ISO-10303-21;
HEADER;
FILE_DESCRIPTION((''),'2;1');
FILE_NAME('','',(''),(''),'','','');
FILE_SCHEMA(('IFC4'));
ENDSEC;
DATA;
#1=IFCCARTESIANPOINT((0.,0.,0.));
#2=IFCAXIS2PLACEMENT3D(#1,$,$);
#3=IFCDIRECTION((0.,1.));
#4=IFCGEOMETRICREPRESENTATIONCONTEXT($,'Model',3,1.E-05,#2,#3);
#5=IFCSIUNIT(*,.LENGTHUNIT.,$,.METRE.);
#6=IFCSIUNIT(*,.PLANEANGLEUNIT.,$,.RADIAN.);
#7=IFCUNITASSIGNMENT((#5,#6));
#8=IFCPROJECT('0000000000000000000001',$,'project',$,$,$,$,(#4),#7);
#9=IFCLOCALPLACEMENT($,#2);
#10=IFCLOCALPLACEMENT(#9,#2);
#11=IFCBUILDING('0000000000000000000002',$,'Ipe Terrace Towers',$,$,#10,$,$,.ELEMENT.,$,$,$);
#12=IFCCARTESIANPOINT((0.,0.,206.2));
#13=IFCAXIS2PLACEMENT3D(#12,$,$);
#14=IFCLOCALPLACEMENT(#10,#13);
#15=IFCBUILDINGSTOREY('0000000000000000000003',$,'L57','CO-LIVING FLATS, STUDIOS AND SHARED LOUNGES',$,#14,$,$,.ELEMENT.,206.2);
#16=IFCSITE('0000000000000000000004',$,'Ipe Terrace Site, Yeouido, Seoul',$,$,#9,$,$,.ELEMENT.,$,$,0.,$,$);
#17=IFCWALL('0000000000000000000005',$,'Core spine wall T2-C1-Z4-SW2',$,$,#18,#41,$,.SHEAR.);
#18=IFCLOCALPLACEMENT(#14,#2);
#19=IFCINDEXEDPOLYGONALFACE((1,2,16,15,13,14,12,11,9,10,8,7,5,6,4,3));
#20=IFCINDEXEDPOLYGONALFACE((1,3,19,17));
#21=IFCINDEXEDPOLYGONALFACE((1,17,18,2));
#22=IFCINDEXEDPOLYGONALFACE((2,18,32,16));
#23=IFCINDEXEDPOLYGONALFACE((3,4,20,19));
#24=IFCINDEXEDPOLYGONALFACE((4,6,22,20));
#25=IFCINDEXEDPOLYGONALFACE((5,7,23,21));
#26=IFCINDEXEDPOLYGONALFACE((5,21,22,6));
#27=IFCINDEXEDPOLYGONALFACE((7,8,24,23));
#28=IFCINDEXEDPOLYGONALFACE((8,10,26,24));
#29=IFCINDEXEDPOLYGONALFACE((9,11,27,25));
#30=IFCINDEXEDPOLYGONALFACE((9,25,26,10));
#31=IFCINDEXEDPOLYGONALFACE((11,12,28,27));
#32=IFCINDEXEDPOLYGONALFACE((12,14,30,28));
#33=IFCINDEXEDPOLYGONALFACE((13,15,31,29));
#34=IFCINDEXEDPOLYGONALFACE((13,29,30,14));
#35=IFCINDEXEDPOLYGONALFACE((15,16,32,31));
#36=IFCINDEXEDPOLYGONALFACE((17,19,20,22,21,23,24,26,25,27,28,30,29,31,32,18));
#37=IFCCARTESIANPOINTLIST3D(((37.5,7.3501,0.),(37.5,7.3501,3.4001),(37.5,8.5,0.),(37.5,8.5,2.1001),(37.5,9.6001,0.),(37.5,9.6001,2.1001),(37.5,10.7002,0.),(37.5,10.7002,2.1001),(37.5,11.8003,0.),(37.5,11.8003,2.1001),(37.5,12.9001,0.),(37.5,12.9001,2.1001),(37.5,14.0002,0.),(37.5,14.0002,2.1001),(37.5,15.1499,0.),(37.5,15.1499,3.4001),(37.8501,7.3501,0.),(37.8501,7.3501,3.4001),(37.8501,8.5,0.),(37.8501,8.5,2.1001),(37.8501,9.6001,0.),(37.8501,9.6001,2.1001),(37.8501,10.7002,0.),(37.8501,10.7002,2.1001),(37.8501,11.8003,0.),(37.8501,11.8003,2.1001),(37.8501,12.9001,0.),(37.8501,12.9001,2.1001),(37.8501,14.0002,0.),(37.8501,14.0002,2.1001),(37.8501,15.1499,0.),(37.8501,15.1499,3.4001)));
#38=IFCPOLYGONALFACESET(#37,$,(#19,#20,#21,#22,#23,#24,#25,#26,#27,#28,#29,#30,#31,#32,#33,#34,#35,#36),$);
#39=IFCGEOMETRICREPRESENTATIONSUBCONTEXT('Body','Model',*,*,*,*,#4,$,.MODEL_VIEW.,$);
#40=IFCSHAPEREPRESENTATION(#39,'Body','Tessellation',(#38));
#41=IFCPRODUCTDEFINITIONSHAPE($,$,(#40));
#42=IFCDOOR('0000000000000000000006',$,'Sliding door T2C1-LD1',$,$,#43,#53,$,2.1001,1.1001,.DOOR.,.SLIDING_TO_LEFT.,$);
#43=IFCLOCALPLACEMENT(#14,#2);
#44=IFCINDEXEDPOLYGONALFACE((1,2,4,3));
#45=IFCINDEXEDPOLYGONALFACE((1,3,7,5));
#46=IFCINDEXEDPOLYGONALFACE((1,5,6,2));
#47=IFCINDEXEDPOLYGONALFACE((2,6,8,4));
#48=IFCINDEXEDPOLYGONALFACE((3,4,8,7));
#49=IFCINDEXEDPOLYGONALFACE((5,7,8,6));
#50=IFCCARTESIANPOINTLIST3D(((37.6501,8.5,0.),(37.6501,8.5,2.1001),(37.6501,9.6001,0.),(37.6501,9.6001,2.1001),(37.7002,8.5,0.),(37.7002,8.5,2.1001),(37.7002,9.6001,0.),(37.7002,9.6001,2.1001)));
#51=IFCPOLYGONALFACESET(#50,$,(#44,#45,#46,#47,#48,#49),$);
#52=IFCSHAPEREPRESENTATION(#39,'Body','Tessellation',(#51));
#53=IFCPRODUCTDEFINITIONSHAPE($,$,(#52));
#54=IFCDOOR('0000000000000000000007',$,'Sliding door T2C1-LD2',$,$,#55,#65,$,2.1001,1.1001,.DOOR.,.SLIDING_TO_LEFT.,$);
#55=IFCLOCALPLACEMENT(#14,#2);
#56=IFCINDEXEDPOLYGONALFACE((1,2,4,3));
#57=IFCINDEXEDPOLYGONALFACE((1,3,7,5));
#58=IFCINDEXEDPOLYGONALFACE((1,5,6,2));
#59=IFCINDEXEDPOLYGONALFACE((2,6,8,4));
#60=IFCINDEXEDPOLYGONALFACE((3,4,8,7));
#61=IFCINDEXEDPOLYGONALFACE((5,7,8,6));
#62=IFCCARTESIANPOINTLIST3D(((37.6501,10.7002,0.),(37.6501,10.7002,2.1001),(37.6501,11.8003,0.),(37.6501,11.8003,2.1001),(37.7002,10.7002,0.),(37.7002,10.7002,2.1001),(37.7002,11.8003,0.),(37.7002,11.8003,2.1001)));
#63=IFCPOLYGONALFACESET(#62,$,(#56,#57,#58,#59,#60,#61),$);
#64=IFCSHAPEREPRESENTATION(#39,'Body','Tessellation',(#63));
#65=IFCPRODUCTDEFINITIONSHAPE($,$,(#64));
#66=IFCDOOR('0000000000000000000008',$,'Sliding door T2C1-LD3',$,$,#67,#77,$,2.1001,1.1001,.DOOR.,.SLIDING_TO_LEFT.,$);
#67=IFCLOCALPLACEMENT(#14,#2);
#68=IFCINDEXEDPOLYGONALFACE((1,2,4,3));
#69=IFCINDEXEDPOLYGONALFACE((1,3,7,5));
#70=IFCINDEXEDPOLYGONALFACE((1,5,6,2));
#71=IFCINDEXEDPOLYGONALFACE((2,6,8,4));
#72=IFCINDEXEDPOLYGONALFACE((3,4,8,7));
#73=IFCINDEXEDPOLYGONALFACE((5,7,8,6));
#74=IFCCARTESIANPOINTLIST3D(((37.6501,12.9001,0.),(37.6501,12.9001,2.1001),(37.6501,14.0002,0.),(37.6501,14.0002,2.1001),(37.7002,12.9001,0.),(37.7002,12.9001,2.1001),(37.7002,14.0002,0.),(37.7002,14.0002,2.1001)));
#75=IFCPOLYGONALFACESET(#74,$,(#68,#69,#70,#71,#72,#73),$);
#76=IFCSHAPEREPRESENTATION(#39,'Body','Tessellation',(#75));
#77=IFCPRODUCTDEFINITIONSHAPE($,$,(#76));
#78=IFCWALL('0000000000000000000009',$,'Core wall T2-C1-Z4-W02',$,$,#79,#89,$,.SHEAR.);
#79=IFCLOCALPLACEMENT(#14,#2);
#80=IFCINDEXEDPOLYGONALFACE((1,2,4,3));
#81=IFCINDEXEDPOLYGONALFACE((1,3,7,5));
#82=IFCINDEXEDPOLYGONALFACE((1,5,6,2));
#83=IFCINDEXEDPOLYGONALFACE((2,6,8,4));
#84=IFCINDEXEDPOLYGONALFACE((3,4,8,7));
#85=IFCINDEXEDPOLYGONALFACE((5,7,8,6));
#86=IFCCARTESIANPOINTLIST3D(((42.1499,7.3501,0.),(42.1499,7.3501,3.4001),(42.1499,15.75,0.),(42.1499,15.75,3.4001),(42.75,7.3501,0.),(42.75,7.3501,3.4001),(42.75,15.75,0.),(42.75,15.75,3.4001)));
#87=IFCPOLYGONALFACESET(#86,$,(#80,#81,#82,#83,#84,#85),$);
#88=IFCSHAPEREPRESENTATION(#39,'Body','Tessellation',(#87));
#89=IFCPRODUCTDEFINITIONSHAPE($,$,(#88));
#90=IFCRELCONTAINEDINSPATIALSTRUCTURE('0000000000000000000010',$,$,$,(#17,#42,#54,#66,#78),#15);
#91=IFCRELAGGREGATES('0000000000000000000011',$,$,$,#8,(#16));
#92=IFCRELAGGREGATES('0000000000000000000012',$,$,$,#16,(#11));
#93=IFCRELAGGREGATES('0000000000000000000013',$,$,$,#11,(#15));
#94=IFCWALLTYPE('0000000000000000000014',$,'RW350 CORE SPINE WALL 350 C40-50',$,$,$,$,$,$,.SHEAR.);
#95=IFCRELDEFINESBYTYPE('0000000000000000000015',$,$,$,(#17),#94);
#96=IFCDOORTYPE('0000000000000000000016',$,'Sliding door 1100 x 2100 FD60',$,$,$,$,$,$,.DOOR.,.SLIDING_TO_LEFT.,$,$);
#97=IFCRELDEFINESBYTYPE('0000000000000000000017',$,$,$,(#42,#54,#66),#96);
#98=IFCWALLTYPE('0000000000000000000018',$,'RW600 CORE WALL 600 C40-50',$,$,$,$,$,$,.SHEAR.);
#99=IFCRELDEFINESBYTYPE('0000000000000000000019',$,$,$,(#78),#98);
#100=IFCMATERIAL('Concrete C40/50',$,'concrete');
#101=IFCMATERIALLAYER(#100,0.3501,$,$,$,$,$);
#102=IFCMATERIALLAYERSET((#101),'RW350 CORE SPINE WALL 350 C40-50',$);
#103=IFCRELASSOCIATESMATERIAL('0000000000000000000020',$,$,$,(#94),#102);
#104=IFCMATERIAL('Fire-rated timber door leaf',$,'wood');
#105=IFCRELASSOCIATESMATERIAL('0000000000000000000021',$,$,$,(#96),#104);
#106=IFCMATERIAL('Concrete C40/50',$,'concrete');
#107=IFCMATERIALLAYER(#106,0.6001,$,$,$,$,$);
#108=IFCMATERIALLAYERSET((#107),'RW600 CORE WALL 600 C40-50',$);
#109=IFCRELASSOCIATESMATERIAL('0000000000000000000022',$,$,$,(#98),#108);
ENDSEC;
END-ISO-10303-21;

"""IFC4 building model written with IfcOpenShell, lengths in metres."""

from ifc_helpers import new_model, si_unit, direction, frame, frame_2d, origin, place, context, subcontext, project, spatial, rectangle, extrude, material, layer, layer_set, type_object, element, fill, save


model = new_model("IFC4")

# Units and contexts
model_context = context("Model", 3, precision=1e-05, world=origin(), true_north=direction((0.0, 1.0)))
body_context = subcontext(model_context, "Body", "Model", "MODEL_VIEW")
ifc_project = project(units=[si_unit("LENGTHUNIT", "METRE"), si_unit("PLANEANGLEUNIT", "RADIAN")], contexts=[model_context])

# Site, building, storey
site_placement = place(None, origin())
site = spatial("IfcSite", under=ifc_project, at=site_placement, Name="Ipe Terrace Site, Yeouido, Seoul", CompositionType="ELEMENT", RefElevation=0.0)
building_placement = place(site_placement, origin())
building = spatial("IfcBuilding", under=site, at=building_placement, Name="Ipe Terrace Towers", CompositionType="ELEMENT")
storey_placement = place(building_placement, frame((0.0, 0.0, 206.2)))
storey = spatial("IfcBuildingStorey", under=building, at=storey_placement, Name="L57", Description="CO-LIVING FLATS, STUDIOS AND SHARED LOUNGES", CompositionType="ELEMENT", Elevation=206.2)

# Shared definitions
ifc_material_1 = material(Name="Concrete C40/50", Category="concrete")
ifc_layer_1 = layer(ifc_material_1, 0.3501)
ifc_layer_set_1 = layer_set([ifc_layer_1], Name="RW350 CORE SPINE WALL 350 C40-50")
wall_type_1 = type_object("IfcWallType", Name="RW350 CORE SPINE WALL 350 C40-50", PredefinedType="SHEAR", material=ifc_layer_set_1)

# Wall, openings, doors
wall_1_placement = place(storey_placement, frame((37.675, 7.3501, 0.0), z_axis=(0.0, 0.0, 1.0), x_axis=(0.0, 1.0, 0.0)))
wall_1 = element("IfcWall", 1, at=wall_1_placement, inside=storey, type_object=wall_type_1, Name="Core spine wall T2-C1-Z4-SW2", PredefinedType="SHEAR", context=body_context, shape_type="SweptSolid", body=[
    extrude(rectangle(XDim=7.7998, YDim=0.3501, at=frame_2d((3.8999, 0.0))), origin(), (0.0, 0.0, 1.0), 3.4001),
])
opening_1_placement = place(wall_1_placement, frame((1.1499, 0.0, 0.0)))
opening_1 = element("IfcOpeningElement", 2, at=opening_1_placement, cuts=wall_1, PredefinedType="OPENING", context=body_context, shape_type="SweptSolid", body=[
    extrude(rectangle(XDim=1.1001, YDim=2.1001, at=frame_2d((0.55, 1.05))), frame((0.0, 0.1851, 0.0), z_axis=(0.0, -1.0, 0.0), x_axis=(1.0, 0.0, 0.0)), (0.0, 0.0, 1.0), 0.3701),
])
opening_2_placement = place(wall_1_placement, frame((3.3501, 0.0, 0.0)))
opening_2 = element("IfcOpeningElement", 3, at=opening_2_placement, cuts=wall_1, PredefinedType="OPENING", context=body_context, shape_type="SweptSolid", body=[
    extrude(rectangle(XDim=1.1001, YDim=2.1001, at=frame_2d((0.55, 1.05))), frame((0.0, 0.1851, 0.0), z_axis=(0.0, -1.0, 0.0), x_axis=(1.0, 0.0, 0.0)), (0.0, 0.0, 1.0), 0.3701),
])
opening_3_placement = place(wall_1_placement, frame((5.55, 0.0, 0.0)))
opening_3 = element("IfcOpeningElement", 4, at=opening_3_placement, cuts=wall_1, PredefinedType="OPENING", context=body_context, shape_type="SweptSolid", body=[
    extrude(rectangle(XDim=1.1001, YDim=2.1001, at=frame_2d((0.55, 1.05))), frame((0.0, 0.1851, 0.0), z_axis=(0.0, -1.0, 0.0), x_axis=(1.0, 0.0, 0.0)), (0.0, 0.0, 1.0), 0.3701),
])
ifc_material_2 = material(Name="Fire-rated timber door leaf", Category="wood")
door_type_1 = type_object("IfcDoorType", Name="Sliding door 1100 x 2100 FD60", OperationType="SLIDING_TO_LEFT", PredefinedType="DOOR", material=ifc_material_2)
door_1_placement = place(opening_1_placement, origin())
door_1 = element("IfcDoor", 5, at=door_1_placement, inside=storey, type_object=door_type_1, Name="Sliding door T2C1-LD1", OperationType="SLIDING_TO_LEFT", OverallHeight=2.1001, OverallWidth=1.1001, PredefinedType="DOOR", context=body_context, shape_type="SweptSolid", body=[
    extrude(rectangle(XDim=1.1001, YDim=2.1001, at=frame_2d((0.55, 1.05))), frame((0.0, 0.0249, 0.0), z_axis=(0.0, -1.0, 0.0), x_axis=(1.0, 0.0, 0.0)), (0.0, 0.0, 1.0), 0.05),
])
fill(opening_1, door_1)
door_2_placement = place(opening_2_placement, origin())
door_2 = element("IfcDoor", 6, at=door_2_placement, inside=storey, type_object=door_type_1, Name="Sliding door T2C1-LD2", OperationType="SLIDING_TO_LEFT", OverallHeight=2.1001, OverallWidth=1.1001, PredefinedType="DOOR", context=body_context, shape_type="SweptSolid", body=[
    extrude(rectangle(XDim=1.1001, YDim=2.1001, at=frame_2d((0.55, 1.05))), frame((0.0, 0.0249, 0.0), z_axis=(0.0, -1.0, 0.0), x_axis=(1.0, 0.0, 0.0)), (0.0, 0.0, 1.0), 0.05),
])
fill(opening_2, door_2)
door_3_placement = place(opening_3_placement, origin())
door_3 = element("IfcDoor", 7, at=door_3_placement, inside=storey, type_object=door_type_1, Name="Sliding door T2C1-LD3", OperationType="SLIDING_TO_LEFT", OverallHeight=2.1001, OverallWidth=1.1001, PredefinedType="DOOR", context=body_context, shape_type="SweptSolid", body=[
    extrude(rectangle(XDim=1.1001, YDim=2.1001, at=frame_2d((0.55, 1.05))), frame((0.0, 0.0249, 0.0), z_axis=(0.0, -1.0, 0.0), x_axis=(1.0, 0.0, 0.0)), (0.0, 0.0, 1.0), 0.05),
])
fill(opening_3, door_3)

# Wall
ifc_material_3 = material(Name="Concrete C40/50", Category="concrete")
ifc_layer_2 = layer(ifc_material_3, 0.6001)
ifc_layer_set_2 = layer_set([ifc_layer_2], Name="RW600 CORE WALL 600 C40-50")
wall_type_2 = type_object("IfcWallType", Name="RW600 CORE WALL 600 C40-50", PredefinedType="SHEAR", material=ifc_layer_set_2)
wall_2_placement = place(storey_placement, frame((42.45, 7.3501, 0.0), z_axis=(0.0, 0.0, 1.0), x_axis=(0.0, 1.0, 0.0)))
element("IfcWall", 8, at=wall_2_placement, inside=storey, type_object=wall_type_2, Name="Core wall T2-C1-Z4-W02", PredefinedType="SHEAR", context=body_context, shape_type="SweptSolid", body=[
    extrude(rectangle(XDim=8.3999, YDim=0.6001, at=frame_2d((4.2, 0.0))), origin(), (0.0, 0.0, 1.0), 3.4001),
])

save(model, "model.ifc")
